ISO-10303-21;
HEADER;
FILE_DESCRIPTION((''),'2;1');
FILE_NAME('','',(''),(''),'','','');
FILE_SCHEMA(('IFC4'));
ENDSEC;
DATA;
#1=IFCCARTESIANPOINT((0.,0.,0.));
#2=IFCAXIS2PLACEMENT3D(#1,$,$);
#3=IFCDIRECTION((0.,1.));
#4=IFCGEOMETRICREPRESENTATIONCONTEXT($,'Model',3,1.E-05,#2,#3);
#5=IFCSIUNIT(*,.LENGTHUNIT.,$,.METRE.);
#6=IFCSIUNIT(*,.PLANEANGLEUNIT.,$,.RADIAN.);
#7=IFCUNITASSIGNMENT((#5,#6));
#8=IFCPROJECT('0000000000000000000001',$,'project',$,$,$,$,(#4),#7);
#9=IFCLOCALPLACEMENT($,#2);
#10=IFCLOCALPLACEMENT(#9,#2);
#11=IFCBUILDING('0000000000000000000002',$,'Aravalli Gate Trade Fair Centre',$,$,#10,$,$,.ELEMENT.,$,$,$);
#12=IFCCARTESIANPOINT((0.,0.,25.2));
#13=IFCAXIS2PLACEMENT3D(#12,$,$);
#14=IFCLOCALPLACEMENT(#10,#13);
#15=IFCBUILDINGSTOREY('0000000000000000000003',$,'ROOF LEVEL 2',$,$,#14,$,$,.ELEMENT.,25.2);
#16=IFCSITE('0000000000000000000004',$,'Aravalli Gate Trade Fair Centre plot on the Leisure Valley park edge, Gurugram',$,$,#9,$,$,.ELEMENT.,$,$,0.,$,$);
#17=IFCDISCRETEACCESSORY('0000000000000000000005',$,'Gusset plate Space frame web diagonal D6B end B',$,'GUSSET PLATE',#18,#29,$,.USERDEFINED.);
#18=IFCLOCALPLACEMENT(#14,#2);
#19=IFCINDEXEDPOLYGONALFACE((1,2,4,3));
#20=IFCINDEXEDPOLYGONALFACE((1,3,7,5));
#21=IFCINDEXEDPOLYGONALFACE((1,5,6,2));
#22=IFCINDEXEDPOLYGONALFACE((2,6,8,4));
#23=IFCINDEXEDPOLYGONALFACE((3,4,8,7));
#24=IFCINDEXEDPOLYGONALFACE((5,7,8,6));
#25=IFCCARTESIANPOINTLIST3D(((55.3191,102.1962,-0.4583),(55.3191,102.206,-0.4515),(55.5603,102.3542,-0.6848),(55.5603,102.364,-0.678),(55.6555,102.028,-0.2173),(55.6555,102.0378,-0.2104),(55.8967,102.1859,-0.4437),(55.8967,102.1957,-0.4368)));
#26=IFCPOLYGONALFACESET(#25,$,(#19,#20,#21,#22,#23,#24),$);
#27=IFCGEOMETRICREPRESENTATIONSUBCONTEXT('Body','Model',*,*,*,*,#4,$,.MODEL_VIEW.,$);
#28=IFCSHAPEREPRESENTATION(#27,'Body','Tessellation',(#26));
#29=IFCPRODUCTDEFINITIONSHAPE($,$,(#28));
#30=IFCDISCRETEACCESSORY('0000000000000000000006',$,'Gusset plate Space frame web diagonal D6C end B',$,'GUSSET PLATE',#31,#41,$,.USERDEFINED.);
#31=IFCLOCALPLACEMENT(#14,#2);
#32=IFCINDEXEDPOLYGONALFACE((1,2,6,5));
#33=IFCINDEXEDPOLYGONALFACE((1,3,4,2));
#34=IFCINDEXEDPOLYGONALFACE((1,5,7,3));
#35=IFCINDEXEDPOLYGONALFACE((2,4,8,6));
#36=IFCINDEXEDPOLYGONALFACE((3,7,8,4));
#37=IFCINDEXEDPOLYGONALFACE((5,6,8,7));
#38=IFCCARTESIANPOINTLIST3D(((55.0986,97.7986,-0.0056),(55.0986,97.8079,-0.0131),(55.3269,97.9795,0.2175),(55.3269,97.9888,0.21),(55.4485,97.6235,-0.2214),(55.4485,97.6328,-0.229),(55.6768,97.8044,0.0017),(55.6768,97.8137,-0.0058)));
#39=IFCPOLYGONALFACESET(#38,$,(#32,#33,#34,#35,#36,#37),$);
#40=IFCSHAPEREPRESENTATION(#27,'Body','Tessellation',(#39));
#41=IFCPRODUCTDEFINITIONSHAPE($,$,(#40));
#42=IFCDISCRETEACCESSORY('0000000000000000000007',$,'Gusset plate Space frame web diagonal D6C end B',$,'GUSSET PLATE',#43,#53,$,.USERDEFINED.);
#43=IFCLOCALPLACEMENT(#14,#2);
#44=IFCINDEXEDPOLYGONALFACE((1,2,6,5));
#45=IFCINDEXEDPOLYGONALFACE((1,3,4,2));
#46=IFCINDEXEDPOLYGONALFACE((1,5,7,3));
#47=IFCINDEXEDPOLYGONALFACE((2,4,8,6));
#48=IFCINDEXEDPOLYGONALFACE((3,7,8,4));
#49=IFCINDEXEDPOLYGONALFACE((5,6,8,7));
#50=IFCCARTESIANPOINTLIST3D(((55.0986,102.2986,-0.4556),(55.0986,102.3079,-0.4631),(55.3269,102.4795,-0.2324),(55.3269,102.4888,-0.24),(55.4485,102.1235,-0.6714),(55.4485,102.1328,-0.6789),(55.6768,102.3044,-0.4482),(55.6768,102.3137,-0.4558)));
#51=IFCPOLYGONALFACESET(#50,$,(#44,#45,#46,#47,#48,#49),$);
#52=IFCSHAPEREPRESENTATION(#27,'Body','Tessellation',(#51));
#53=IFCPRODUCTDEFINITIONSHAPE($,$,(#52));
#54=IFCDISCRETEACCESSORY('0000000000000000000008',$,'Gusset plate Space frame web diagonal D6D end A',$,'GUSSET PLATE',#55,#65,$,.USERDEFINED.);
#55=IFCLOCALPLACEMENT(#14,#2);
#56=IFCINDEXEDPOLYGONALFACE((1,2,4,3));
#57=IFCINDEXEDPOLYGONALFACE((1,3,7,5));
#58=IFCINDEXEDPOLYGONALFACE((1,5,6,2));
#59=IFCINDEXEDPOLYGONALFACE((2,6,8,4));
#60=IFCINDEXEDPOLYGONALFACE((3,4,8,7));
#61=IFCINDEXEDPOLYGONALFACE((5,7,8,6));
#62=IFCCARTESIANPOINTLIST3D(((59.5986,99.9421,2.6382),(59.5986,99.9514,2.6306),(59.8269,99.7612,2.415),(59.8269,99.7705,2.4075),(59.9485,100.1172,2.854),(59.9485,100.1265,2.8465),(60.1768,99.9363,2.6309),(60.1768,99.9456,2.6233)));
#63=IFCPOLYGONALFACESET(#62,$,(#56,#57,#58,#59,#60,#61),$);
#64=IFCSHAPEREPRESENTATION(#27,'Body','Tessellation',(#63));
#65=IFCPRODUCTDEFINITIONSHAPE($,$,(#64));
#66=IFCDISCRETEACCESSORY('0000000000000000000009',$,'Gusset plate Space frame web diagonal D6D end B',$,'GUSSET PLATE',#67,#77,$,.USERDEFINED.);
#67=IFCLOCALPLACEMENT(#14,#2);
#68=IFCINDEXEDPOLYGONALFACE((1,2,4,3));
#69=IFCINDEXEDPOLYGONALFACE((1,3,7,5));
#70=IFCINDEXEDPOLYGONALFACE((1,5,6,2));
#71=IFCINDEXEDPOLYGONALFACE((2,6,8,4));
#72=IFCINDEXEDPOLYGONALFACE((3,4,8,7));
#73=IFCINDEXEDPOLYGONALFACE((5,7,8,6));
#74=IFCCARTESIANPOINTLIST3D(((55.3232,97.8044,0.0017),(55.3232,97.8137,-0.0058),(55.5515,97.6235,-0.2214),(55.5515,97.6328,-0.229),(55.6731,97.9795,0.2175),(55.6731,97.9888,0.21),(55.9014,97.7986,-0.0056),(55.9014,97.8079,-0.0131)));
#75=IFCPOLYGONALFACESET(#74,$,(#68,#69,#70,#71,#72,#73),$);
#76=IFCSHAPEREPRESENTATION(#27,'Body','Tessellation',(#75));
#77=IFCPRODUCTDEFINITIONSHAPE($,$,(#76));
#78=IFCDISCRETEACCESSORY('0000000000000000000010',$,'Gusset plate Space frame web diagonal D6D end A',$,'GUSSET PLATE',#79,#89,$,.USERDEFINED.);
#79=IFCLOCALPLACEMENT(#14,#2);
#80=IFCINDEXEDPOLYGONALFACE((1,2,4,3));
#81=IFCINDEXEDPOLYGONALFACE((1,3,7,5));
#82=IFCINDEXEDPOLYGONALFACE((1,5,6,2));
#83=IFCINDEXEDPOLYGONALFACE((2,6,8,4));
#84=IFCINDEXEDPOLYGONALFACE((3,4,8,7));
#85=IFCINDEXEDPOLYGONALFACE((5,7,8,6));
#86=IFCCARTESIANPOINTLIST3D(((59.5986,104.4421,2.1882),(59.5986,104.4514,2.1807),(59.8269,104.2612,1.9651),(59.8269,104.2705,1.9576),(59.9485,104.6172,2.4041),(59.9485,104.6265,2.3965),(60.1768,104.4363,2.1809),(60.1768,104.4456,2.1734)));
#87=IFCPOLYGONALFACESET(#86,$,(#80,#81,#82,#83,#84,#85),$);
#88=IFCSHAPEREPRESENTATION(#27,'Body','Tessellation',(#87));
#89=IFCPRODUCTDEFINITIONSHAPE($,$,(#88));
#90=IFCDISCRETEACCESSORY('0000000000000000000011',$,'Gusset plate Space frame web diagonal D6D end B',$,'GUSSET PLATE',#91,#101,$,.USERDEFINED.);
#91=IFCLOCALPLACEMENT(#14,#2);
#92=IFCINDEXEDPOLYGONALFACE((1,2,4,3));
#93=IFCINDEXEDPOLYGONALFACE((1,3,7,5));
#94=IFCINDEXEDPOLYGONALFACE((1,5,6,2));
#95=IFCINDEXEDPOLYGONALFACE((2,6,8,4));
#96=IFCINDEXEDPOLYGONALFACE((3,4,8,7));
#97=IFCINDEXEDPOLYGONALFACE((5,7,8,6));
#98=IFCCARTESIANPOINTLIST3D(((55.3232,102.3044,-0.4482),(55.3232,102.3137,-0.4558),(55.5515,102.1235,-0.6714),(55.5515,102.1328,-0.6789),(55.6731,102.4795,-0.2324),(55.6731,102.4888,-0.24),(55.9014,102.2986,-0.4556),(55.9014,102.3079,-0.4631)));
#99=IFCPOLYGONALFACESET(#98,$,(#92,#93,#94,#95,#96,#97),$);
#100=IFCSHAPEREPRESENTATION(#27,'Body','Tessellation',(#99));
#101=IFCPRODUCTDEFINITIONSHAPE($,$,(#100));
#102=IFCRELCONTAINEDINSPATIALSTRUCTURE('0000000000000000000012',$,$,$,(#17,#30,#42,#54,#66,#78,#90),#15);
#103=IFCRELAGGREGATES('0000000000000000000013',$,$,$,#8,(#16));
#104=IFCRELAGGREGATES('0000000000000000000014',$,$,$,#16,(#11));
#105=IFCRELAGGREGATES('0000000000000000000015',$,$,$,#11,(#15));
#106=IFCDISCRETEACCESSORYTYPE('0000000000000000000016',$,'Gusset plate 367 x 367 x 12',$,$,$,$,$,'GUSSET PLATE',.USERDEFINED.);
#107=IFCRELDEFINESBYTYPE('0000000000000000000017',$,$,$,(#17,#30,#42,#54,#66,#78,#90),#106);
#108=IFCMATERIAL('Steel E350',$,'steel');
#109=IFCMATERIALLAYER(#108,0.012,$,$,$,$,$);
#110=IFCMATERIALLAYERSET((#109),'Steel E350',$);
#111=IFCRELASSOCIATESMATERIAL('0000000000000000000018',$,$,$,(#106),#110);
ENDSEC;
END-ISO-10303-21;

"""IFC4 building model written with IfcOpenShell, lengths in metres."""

from ifc_helpers import new_model, si_unit, direction, frame, origin, place, context, subcontext, project, spatial, polyline, outline, extrude, material, layer, layer_set, type_object, element, save


model = new_model("IFC4")

# Units and contexts
model_context = context("Model", 3, precision=1e-05, world=origin(), true_north=direction((0.0, 1.0)))
body_context = subcontext(model_context, "Body", "Model", "MODEL_VIEW")
ifc_project = project(units=[si_unit("LENGTHUNIT", "METRE"), si_unit("PLANEANGLEUNIT", "RADIAN")], contexts=[model_context])

# Site, building, storey
site_placement = place(None, origin())
site = spatial("IfcSite", under=ifc_project, at=site_placement, Name="Aravalli Gate Trade Fair Centre plot on the Leisure Valley park edge, Gurugram", CompositionType="ELEMENT", RefElevation=0.0)
building_placement = place(site_placement, origin())
building = spatial("IfcBuilding", under=site, at=building_placement, Name="Aravalli Gate Trade Fair Centre", CompositionType="ELEMENT")
storey_placement = place(building_placement, frame((0.0, 0.0, 25.2)))
storey = spatial("IfcBuildingStorey", under=building, at=storey_placement, Name="ROOF LEVEL 2", CompositionType="ELEMENT", Elevation=25.2)

# Shared definitions
ifc_material_1 = material(Name="Steel E350", Category="steel")

# Discrete accessories
ifc_layer_1 = layer(ifc_material_1, 0.012)
ifc_layer_set_1 = layer_set([ifc_layer_1], Name="Steel E350")
discrete_accessory_type = type_object("IfcDiscreteAccessoryType", Name="Gusset plate 367 x 367 x 12", ElementType="GUSSET PLATE", PredefinedType="USERDEFINED", material=ifc_layer_set_1)
discrete_accessory_1_placement = place(storey_placement, frame((55.6555, 102.0378, -0.2104), z_axis=(0.000049, 0.820141, 0.572161), x_axis=(-0.753132, 0.376438, -0.539524)))
element("IfcDiscreteAccessory", 1, at=discrete_accessory_1_placement, inside=storey, type_object=discrete_accessory_type, Name="Gusset plate Space frame web diagonal D6B end B", ObjectType="GUSSET PLATE", PredefinedType="USERDEFINED", context=body_context, shape_type="SweptSolid", body=[
    extrude(outline(polyline([(0.0, 0.0), (0.4467, 0.0), (0.4467, -0.3667), (-0.0001, -0.3665), (0.0, 0.0)])), origin(), (0.0, 0.0, -1.0), 0.012),
])
for number, where, z_axis, x_axis, name in (
    (2, (55.0986, 97.7986, -0.0056), (-0.000107, -0.776736, 0.629826), (0.783044, -0.391795, -0.48305), "Gusset plate Space frame web diagonal D6C end B"),
    (3, (55.0986, 102.2986, -0.4556), (-0.000107, -0.776736, 0.629826), (0.783044, -0.391795, -0.48305), "Gusset plate Space frame web diagonal D6C end B"),
):
    element("IfcDiscreteAccessory", number, at=place(storey_placement, frame(where, z_axis=z_axis, x_axis=x_axis)), inside=storey, type_object=discrete_accessory_type, Name=name, ObjectType="GUSSET PLATE", PredefinedType="USERDEFINED", context=body_context, shape_type="SweptSolid", body=[
        extrude(outline(polyline([(0.0, 0.0), (0.4468, 0.0), (0.4469, 0.3669), (0.0001, 0.3669), (0.0, 0.0)])), origin(), (0.0, 0.0, -1.0), 0.012),
    ])
discrete_accessory_2_placement = place(storey_placement, frame((59.5986, 99.9421, 2.6382), z_axis=(0.000107, -0.776736, 0.629826), x_axis=(0.783044, 0.391795, 0.48305)))
element("IfcDiscreteAccessory", 4, at=discrete_accessory_2_placement, inside=storey, type_object=discrete_accessory_type, Name="Gusset plate Space frame web diagonal D6D end A", ObjectType="GUSSET PLATE", PredefinedType="USERDEFINED", context=body_context, shape_type="SweptSolid", body=[
    extrude(outline(polyline([(0.0, 0.0), (0.4468, 0.0), (0.4469, -0.3669), (0.0001, -0.3669), (0.0, 0.0)])), origin(), (0.0, 0.0, -1.0), 0.012),
])
discrete_accessory_3_placement = place(storey_placement, frame((55.6731, 97.9795, 0.2175), z_axis=(0.000107, -0.776736, 0.629826), x_axis=(-0.783044, -0.391795, -0.48305)))
element("IfcDiscreteAccessory", 5, at=discrete_accessory_3_placement, inside=storey, type_object=discrete_accessory_type, Name="Gusset plate Space frame web diagonal D6D end B", ObjectType="GUSSET PLATE", PredefinedType="USERDEFINED", context=body_context, shape_type="SweptSolid", body=[
    extrude(outline(polyline([(0.0, 0.0), (0.4468, 0.0), (0.4467, 0.3669), (-0.0001, 0.3669), (0.0, 0.0)])), origin(), (0.0, 0.0, -1.0), 0.012),
])
discrete_accessory_4_placement = place(storey_placement, frame((59.5986, 104.4421, 2.1882), z_axis=(0.000107, -0.776736, 0.629826), x_axis=(0.783044, 0.391795, 0.48305)))
element("IfcDiscreteAccessory", 6, at=discrete_accessory_4_placement, inside=storey, type_object=discrete_accessory_type, Name="Gusset plate Space frame web diagonal D6D end A", ObjectType="GUSSET PLATE", PredefinedType="USERDEFINED", context=body_context, shape_type="SweptSolid", body=[
    extrude(outline(polyline([(0.0, 0.0), (0.4468, 0.0), (0.4469, -0.3669), (0.0001, -0.3669), (0.0, 0.0)])), origin(), (0.0, 0.0, -1.0), 0.012),
])
discrete_accessory_5_placement = place(storey_placement, frame((55.6731, 102.4795, -0.2324), z_axis=(0.000107, -0.776736, 0.629826), x_axis=(-0.783044, -0.391795, -0.48305)))
element("IfcDiscreteAccessory", 7, at=discrete_accessory_5_placement, inside=storey, type_object=discrete_accessory_type, Name="Gusset plate Space frame web diagonal D6D end B", ObjectType="GUSSET PLATE", PredefinedType="USERDEFINED", context=body_context, shape_type="SweptSolid", body=[
    extrude(outline(polyline([(0.0, 0.0), (0.4468, 0.0), (0.4467, 0.3669), (-0.0001, 0.3669), (0.0, 0.0)])), origin(), (0.0, 0.0, -1.0), 0.012),
])

save(model, "model.ifc")
